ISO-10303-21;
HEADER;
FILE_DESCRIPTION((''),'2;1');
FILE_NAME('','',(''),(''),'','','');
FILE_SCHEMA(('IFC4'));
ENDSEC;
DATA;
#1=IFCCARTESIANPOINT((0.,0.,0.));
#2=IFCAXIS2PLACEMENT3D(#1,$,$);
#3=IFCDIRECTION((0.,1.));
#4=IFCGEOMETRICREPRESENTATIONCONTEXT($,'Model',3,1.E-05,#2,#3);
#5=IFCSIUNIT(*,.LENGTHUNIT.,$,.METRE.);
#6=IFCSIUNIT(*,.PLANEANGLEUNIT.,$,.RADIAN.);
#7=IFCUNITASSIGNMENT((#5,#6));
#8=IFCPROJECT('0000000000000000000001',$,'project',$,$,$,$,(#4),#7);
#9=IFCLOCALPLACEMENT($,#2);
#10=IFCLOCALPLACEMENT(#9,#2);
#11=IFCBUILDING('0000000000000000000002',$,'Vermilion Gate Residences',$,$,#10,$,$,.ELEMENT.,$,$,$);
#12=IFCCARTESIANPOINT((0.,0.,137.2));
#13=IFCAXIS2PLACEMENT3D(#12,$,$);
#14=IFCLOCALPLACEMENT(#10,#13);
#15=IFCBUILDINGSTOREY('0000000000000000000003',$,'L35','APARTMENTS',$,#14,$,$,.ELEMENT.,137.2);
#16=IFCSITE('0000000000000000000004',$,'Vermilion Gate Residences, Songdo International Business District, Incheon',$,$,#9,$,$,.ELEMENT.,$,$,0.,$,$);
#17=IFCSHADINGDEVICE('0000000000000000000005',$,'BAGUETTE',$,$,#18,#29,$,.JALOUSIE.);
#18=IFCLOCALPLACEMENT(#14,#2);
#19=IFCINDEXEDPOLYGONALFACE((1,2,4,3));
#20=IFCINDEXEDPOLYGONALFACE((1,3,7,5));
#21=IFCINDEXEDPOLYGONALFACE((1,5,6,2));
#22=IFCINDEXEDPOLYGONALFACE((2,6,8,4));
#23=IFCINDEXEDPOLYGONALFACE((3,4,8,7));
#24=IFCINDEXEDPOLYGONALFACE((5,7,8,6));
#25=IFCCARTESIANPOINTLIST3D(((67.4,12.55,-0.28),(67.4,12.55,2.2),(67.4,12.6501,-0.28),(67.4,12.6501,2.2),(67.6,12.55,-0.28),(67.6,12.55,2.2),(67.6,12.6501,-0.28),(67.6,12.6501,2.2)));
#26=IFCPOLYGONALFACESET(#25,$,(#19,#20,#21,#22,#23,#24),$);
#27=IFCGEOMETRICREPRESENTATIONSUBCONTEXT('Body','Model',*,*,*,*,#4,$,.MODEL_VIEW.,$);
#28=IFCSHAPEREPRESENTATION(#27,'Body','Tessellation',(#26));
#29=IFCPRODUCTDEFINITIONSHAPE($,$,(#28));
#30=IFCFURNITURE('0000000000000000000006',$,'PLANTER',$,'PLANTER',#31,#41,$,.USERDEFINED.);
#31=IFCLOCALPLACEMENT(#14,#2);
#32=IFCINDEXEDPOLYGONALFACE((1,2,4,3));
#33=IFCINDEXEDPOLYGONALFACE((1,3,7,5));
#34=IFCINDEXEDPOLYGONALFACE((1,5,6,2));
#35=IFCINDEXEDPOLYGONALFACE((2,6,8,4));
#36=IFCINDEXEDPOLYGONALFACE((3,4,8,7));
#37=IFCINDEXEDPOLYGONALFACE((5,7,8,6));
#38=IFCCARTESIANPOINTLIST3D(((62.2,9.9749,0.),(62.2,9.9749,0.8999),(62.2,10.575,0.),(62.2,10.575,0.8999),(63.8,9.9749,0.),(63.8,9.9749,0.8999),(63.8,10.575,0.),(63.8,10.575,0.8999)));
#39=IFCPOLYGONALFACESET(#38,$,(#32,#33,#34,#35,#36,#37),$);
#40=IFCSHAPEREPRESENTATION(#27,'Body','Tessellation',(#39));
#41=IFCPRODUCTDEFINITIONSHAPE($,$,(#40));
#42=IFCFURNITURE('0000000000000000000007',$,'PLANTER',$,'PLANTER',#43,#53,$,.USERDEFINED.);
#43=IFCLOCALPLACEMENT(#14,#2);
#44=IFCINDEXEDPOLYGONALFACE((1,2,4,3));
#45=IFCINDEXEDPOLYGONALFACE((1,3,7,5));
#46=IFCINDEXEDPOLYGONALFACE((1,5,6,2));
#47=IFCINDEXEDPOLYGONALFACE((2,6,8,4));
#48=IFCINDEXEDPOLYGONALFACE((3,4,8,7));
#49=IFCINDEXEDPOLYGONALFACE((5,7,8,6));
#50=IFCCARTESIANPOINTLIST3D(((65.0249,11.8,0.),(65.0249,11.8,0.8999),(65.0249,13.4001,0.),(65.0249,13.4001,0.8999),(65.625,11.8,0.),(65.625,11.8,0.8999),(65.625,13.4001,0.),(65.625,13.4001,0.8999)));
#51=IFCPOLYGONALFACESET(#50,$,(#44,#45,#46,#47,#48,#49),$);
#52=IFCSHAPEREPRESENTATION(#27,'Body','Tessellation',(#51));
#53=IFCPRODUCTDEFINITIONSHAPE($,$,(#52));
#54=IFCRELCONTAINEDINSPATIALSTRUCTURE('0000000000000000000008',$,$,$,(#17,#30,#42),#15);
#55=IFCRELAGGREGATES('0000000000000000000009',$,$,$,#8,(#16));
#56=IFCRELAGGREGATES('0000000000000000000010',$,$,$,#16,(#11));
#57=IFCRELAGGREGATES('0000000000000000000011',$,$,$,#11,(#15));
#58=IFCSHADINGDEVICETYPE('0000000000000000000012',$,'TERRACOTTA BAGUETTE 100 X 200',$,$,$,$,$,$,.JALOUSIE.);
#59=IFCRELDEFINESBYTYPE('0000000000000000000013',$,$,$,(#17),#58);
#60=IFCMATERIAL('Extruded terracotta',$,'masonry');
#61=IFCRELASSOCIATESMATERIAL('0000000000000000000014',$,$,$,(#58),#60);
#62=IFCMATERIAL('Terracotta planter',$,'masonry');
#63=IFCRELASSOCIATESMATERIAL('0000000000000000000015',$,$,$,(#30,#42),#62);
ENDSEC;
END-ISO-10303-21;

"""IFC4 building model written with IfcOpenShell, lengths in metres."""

from ifc_helpers import new_model, si_unit, direction, frame, origin, origin_2d, place, context, subcontext, project, spatial, rectangle, extrude, material, material_profile, profile_set, type_object, element, save


model = new_model("IFC4")

# Units and contexts
model_context = context("Model", 3, precision=1e-05, world=origin(), true_north=direction((0.0, 1.0)))
body_context = subcontext(model_context, "Body", "Model", "MODEL_VIEW")
ifc_project = project(units=[si_unit("LENGTHUNIT", "METRE"), si_unit("PLANEANGLEUNIT", "RADIAN")], contexts=[model_context])

# Site, building, storey
site_placement = place(None, origin())
site = spatial("IfcSite", under=ifc_project, at=site_placement, Name="Vermilion Gate Residences, Songdo International Business District, Incheon", CompositionType="ELEMENT", RefElevation=0.0)
building_placement = place(site_placement, origin())
building = spatial("IfcBuilding", under=site, at=building_placement, Name="Vermilion Gate Residences", CompositionType="ELEMENT")
storey_placement = place(building_placement, frame((0.0, 0.0, 137.2)))
storey = spatial("IfcBuildingStorey", under=building, at=storey_placement, Name="L35", Description="APARTMENTS", CompositionType="ELEMENT", Elevation=137.2)

# Shading device
ifc_material_1 = material(Name="Extruded terracotta", Category="masonry")
ifc_material_profile_1 = material_profile(ifc_material_1, rectangle(XDim=0.2, YDim=0.1001, at=origin_2d()), Name="BAGUETTE 100 X 200")
ifc_profile_set_1 = profile_set([ifc_material_profile_1], Name="Extruded terracotta")
shading_device_type_1 = type_object("IfcShadingDeviceType", Name="TERRACOTTA BAGUETTE 100 X 200", PredefinedType="JALOUSIE", material=ifc_profile_set_1)
for number, where, z_axis, x_axis, name in (
    (1, (67.5, 12.6001, -0.28), (0.0, 0.0, 1.0), (-1.0, 0.0, 0.0), "BAGUETTE"),
):
    element("IfcShadingDevice", number, at=place(storey_placement, frame(where, z_axis=z_axis, x_axis=x_axis)), inside=storey, type_object=shading_device_type_1, Name=name, PredefinedType="JALOUSIE", context=body_context, shape_type="SweptSolid", body=[
        extrude(rectangle(XDim=0.2, YDim=0.1001, at=origin_2d()), origin(), (0.0, 0.0, 1.0), 2.48),
    ])

# Furniture
ifc_material_2 = material(Name="Terracotta planter", Category="masonry")
for number, where, z_axis, x_axis, name in (
    (2, (63.0, 10.2749, 0.0), (0.0, 0.0, 1.0), (1.0, 0.0, 0.0), "PLANTER"),
    (3, (65.325, 12.6001, 0.0), (0.0, 0.0, 1.0), (0.0, 1.0, 0.0), "PLANTER"),
):
    element("IfcFurniture", number, at=place(storey_placement, frame(where, z_axis=z_axis, x_axis=x_axis)), inside=storey, material=ifc_material_2, Name=name, ObjectType="PLANTER", PredefinedType="USERDEFINED", context=body_context, shape_type="SweptSolid", body=[
        extrude(rectangle(XDim=1.6001, YDim=0.6001, at=origin_2d()), origin(), (0.0, 0.0, 1.0), 0.8999),
    ])

save(model, "model.ifc")
